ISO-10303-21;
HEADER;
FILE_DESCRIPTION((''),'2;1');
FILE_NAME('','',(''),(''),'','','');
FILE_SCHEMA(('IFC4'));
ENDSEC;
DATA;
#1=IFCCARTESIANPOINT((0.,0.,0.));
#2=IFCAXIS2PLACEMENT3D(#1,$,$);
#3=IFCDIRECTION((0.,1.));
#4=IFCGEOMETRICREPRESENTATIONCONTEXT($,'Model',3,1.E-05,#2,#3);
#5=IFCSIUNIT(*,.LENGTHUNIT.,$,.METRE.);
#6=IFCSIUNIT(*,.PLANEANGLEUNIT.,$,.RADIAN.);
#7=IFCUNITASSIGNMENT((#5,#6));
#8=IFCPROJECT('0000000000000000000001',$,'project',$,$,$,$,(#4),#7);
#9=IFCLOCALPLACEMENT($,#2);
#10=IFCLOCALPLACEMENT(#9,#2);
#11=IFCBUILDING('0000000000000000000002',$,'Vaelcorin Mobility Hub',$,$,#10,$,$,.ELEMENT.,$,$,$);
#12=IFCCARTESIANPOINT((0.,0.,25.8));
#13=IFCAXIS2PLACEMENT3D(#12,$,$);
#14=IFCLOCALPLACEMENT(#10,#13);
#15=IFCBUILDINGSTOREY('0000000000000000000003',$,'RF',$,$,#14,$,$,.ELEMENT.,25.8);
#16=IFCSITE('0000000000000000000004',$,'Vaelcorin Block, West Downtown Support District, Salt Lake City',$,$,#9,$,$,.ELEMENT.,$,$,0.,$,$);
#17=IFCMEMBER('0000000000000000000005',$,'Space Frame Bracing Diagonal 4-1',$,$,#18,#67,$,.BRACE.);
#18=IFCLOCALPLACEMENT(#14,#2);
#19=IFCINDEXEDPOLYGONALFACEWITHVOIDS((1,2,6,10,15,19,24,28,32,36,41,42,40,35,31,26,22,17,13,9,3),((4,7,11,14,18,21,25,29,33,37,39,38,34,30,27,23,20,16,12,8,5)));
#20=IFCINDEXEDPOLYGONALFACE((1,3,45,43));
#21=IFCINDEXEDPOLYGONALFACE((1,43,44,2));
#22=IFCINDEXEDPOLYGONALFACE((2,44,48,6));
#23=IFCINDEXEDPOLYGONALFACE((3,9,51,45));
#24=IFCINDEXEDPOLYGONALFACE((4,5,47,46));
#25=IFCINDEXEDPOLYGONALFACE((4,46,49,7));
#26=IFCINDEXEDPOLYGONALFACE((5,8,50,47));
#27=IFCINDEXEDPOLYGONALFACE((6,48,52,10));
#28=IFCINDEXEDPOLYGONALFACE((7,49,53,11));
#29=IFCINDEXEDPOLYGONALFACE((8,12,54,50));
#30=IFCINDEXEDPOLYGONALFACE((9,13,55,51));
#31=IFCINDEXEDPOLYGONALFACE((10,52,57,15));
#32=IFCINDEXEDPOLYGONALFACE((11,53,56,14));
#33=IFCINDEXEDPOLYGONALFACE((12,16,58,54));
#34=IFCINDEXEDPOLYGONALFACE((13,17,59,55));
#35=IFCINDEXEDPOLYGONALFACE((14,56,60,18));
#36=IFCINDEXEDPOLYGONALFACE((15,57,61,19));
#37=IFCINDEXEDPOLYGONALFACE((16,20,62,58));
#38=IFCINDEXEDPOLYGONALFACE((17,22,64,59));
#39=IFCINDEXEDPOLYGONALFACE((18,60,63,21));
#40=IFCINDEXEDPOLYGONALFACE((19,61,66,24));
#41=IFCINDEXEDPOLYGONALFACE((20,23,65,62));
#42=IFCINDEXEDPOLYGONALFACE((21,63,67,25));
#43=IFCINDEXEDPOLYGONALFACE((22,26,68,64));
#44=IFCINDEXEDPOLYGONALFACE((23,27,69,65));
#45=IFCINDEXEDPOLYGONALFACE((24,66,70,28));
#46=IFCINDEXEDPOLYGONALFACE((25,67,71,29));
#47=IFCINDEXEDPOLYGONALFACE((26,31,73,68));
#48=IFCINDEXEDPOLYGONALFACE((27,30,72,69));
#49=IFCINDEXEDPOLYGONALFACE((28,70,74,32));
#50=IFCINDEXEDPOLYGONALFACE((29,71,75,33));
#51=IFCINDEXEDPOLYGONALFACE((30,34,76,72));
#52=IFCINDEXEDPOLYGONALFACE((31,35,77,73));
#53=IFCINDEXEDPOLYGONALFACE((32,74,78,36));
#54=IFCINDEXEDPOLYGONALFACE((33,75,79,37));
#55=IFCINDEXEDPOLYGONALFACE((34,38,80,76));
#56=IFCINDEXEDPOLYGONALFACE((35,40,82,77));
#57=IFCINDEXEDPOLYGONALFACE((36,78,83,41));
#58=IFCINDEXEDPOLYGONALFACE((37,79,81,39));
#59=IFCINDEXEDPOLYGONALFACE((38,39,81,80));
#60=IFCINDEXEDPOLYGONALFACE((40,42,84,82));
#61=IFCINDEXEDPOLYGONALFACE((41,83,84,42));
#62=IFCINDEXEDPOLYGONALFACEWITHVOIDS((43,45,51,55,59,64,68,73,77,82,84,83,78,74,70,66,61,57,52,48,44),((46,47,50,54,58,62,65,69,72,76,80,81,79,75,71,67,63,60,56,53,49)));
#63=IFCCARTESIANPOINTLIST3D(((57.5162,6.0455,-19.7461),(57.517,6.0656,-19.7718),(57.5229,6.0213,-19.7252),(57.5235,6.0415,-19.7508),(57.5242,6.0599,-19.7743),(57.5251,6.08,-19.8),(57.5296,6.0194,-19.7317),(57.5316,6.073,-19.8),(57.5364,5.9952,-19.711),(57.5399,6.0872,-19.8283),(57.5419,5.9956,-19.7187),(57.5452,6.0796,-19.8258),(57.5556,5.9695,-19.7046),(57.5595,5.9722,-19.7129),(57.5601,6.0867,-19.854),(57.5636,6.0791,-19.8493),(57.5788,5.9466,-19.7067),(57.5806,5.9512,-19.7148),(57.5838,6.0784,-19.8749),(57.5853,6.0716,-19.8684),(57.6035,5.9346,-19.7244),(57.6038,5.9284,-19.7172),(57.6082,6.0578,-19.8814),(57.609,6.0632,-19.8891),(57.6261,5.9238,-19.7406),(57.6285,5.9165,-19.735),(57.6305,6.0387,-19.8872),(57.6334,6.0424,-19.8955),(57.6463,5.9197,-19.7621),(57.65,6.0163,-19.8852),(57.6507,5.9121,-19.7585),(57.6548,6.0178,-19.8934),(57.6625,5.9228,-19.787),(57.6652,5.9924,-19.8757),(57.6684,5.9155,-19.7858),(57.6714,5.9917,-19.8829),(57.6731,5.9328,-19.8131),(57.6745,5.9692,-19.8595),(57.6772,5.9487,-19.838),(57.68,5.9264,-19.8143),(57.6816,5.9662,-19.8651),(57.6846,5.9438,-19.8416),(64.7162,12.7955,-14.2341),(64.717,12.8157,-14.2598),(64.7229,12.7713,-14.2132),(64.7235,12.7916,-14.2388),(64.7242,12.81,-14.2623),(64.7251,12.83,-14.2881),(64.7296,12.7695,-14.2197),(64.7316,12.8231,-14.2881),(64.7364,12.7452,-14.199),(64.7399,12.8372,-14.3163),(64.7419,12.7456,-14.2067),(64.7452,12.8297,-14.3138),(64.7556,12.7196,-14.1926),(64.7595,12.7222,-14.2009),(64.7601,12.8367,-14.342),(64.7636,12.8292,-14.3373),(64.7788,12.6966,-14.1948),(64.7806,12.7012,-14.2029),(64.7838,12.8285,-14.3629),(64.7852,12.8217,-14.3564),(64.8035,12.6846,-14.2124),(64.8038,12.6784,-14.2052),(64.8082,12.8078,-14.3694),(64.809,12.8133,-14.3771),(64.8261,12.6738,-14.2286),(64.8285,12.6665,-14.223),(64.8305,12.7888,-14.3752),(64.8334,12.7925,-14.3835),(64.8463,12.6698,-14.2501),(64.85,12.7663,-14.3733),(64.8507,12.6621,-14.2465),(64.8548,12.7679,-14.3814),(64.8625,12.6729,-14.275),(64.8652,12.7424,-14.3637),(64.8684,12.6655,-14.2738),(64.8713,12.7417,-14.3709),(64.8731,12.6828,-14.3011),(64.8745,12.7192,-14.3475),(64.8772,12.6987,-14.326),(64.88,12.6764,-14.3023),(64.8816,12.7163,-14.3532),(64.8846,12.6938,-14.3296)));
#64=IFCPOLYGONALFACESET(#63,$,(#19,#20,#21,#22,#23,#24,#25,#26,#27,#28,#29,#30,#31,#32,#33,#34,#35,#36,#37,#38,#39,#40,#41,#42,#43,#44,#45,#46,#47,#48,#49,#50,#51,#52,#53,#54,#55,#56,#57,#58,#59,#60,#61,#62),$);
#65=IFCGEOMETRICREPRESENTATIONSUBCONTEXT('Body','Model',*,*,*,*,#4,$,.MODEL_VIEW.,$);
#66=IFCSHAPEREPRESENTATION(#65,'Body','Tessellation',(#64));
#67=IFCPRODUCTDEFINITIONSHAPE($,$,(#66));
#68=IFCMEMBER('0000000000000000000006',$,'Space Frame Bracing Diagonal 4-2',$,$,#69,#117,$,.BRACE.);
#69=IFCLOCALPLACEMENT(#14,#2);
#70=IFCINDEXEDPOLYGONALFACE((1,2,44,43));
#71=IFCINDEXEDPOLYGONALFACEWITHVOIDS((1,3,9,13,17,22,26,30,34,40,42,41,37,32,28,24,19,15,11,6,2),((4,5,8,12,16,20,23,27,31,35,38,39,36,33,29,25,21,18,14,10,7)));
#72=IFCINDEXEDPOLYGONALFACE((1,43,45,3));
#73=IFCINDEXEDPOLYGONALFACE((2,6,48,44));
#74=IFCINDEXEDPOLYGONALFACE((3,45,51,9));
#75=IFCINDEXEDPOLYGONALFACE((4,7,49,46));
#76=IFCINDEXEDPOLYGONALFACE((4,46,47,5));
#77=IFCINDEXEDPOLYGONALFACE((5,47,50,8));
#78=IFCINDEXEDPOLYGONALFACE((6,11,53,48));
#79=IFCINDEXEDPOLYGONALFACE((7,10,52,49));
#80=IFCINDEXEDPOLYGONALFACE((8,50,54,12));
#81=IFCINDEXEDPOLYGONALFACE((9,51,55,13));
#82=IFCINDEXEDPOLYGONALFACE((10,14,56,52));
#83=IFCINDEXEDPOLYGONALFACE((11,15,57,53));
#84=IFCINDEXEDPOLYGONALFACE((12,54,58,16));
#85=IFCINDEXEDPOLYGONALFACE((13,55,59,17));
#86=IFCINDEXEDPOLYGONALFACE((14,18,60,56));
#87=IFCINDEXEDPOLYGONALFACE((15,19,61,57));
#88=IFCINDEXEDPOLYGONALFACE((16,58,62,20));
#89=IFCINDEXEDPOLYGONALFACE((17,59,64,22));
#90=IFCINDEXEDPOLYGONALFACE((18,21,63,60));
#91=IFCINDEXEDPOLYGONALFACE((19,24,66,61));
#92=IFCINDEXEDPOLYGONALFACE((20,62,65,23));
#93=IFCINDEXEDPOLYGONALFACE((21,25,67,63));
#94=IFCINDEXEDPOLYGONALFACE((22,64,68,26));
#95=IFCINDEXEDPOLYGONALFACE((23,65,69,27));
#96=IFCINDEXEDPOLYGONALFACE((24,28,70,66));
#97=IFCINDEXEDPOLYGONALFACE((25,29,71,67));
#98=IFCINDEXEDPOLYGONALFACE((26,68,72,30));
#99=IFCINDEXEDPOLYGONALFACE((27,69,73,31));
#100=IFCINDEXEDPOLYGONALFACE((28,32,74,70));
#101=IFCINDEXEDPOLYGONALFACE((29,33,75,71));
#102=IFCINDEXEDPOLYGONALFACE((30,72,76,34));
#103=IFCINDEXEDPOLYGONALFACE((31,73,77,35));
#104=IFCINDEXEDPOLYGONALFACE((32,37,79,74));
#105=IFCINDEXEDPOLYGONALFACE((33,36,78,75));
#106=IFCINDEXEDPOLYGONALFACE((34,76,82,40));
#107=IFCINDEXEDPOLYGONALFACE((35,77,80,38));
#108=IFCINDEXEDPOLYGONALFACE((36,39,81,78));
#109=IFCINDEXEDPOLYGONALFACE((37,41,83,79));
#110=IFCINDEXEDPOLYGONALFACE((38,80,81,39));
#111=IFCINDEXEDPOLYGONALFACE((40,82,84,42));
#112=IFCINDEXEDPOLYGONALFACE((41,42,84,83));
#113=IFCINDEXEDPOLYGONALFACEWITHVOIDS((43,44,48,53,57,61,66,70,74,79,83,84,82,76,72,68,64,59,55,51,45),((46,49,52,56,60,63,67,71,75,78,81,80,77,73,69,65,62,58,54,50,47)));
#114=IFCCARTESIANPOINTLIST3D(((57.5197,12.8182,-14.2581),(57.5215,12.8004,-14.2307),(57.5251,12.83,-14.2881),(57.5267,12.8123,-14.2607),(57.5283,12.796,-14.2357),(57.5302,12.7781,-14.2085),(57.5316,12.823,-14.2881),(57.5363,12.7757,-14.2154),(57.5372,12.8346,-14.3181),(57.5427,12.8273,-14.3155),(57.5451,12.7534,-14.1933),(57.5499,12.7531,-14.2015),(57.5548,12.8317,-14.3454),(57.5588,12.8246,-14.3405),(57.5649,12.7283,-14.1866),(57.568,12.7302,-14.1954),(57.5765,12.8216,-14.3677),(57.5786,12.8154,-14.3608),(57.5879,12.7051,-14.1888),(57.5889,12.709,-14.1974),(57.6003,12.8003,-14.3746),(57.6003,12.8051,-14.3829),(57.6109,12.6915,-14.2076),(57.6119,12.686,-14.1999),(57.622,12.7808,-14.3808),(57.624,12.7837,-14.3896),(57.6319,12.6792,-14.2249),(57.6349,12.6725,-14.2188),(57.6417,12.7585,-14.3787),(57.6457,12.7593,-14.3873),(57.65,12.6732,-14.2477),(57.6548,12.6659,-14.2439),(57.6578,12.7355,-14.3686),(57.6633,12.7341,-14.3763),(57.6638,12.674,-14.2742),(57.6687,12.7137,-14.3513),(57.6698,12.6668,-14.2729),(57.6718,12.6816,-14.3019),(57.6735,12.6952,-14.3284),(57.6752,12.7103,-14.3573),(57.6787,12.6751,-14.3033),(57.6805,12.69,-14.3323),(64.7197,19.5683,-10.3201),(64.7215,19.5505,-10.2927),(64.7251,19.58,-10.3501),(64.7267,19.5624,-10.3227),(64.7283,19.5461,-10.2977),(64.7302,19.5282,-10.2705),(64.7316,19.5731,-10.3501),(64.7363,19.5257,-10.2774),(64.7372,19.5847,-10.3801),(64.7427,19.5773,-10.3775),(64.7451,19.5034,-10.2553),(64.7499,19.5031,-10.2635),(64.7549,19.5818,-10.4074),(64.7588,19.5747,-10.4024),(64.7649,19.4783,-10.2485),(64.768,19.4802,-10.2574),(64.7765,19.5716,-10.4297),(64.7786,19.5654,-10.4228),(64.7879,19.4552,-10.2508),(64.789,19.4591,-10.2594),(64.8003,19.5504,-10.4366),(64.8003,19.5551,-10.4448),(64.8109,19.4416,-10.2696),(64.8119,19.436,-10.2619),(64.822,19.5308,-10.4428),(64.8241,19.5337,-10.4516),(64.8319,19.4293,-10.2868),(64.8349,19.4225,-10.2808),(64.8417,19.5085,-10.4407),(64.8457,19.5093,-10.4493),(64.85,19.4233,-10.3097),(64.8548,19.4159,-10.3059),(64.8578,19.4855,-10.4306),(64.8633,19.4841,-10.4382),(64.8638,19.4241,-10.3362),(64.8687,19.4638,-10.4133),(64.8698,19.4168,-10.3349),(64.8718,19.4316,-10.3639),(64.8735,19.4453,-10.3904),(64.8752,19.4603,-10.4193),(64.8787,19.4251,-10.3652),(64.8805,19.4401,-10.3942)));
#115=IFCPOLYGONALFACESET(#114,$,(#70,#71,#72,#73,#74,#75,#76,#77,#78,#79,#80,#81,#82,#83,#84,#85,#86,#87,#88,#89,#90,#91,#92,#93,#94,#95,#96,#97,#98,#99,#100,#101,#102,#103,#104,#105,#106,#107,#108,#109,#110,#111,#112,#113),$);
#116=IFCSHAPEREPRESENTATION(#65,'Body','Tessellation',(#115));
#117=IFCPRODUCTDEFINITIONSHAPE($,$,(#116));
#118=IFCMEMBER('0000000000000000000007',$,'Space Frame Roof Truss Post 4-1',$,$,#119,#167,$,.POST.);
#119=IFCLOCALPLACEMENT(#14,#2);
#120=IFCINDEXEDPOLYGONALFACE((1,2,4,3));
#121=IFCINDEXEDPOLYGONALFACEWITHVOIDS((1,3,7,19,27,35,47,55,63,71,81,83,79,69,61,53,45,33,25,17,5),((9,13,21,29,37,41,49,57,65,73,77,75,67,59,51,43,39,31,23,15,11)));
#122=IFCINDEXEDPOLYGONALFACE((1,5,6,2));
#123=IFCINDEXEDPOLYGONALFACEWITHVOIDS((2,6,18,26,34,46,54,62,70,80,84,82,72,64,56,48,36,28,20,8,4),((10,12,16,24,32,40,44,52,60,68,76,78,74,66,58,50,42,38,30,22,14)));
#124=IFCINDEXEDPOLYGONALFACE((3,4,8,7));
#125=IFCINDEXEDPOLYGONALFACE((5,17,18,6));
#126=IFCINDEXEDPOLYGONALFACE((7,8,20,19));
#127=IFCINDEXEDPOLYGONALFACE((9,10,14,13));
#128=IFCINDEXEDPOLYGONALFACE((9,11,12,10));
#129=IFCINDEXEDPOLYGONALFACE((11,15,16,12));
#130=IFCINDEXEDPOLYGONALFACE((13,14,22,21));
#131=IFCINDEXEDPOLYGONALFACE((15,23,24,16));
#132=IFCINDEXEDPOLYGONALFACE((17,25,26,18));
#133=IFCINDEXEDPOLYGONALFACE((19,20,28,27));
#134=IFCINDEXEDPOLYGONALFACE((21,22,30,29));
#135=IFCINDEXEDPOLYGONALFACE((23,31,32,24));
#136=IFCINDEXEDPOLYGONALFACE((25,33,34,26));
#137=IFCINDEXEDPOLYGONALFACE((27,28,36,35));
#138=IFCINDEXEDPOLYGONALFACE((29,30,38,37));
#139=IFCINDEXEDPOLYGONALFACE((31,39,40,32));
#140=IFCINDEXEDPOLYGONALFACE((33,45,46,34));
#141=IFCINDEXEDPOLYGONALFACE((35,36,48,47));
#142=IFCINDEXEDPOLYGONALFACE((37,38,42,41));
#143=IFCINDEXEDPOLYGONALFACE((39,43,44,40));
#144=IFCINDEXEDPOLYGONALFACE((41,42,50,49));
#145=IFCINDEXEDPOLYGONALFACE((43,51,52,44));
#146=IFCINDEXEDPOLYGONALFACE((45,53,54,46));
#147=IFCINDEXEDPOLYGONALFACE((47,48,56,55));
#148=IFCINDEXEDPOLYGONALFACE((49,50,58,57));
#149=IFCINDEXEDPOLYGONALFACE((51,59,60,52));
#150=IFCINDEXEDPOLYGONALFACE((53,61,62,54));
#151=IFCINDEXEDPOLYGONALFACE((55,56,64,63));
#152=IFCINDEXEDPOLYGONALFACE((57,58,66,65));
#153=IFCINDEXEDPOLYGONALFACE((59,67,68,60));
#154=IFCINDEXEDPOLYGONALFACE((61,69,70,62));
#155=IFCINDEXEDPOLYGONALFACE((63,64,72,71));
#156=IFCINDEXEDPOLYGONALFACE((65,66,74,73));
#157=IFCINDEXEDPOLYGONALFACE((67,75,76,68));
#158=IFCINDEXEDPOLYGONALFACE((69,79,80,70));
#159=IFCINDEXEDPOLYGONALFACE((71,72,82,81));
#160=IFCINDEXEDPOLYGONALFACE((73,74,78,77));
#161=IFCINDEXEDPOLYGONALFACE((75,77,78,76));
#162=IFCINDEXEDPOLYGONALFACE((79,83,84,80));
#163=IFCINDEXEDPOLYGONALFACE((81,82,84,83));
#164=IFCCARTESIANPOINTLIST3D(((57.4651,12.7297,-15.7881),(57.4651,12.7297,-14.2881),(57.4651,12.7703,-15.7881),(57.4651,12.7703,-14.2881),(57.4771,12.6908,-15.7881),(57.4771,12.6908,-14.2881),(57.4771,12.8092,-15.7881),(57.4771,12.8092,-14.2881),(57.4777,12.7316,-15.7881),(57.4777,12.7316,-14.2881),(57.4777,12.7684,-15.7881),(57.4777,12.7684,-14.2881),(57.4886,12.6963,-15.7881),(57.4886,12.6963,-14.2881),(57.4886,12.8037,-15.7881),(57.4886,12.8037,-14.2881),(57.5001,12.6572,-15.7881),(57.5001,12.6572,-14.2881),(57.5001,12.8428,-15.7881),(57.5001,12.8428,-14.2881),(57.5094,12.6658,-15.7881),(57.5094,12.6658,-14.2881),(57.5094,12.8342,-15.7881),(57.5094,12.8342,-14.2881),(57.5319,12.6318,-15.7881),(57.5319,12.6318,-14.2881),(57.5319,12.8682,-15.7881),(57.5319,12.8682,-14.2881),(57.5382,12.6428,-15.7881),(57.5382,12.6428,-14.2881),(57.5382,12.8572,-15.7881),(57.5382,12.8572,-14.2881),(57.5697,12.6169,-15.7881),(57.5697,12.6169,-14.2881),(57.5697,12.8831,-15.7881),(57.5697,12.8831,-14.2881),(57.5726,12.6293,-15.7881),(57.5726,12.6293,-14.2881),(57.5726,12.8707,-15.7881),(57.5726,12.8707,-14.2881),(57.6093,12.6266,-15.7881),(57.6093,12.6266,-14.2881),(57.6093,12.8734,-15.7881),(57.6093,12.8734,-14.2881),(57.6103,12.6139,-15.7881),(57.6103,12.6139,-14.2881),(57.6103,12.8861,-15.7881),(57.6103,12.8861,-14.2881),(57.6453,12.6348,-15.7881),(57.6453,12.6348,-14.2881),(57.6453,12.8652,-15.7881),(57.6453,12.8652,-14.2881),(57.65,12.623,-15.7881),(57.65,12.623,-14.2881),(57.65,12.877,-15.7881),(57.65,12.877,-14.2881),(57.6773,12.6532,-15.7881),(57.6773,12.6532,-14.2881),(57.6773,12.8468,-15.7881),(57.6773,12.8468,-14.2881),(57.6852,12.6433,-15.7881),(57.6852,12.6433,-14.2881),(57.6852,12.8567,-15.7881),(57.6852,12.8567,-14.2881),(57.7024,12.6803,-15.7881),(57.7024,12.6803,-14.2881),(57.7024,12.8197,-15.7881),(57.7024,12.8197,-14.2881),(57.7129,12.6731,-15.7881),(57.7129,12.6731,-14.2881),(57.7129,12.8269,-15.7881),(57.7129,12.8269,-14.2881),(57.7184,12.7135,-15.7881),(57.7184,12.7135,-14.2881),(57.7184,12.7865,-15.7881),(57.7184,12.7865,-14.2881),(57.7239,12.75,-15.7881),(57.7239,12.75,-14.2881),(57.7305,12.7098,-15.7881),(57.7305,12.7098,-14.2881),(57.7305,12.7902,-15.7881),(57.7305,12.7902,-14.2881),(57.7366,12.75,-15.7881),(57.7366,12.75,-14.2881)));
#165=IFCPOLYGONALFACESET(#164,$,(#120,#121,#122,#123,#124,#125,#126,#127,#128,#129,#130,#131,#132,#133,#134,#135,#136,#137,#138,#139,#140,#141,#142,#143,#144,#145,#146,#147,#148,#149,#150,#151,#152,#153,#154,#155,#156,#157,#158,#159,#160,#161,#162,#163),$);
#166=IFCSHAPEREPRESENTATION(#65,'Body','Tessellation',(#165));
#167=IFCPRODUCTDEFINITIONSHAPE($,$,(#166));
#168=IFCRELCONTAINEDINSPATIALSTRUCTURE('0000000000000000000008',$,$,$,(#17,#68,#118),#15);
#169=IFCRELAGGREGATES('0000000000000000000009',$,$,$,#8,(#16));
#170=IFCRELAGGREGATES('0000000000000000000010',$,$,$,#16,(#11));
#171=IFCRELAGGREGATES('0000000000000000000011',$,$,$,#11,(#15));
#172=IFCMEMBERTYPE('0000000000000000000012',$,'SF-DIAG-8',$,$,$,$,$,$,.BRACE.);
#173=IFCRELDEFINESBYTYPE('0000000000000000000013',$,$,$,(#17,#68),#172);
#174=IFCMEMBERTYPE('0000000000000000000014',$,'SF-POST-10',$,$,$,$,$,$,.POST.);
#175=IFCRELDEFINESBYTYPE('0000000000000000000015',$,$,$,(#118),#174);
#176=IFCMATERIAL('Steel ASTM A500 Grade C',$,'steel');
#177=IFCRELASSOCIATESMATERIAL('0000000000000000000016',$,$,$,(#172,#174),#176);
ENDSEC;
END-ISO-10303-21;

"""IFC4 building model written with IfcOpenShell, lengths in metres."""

from ifc_helpers import new_model, si_unit, direction, frame, origin, origin_2d, place, context, subcontext, project, spatial, hollow_circle, extrude, material, material_profile, profile_set, type_object, element, save


model = new_model("IFC4")

# Units and contexts
model_context = context("Model", 3, precision=1e-05, world=origin(), true_north=direction((0.0, 1.0)))
body_context = subcontext(model_context, "Body", "Model", "MODEL_VIEW")
ifc_project = project(units=[si_unit("LENGTHUNIT", "METRE"), si_unit("PLANEANGLEUNIT", "RADIAN")], contexts=[model_context])

# Site, building, storey
site_placement = place(None, origin())
site = spatial("IfcSite", under=ifc_project, at=site_placement, Name="Vaelcorin Block, West Downtown Support District, Salt Lake City", CompositionType="ELEMENT", RefElevation=0.0)
building_placement = place(site_placement, origin())
building = spatial("IfcBuilding", under=site, at=building_placement, Name="Vaelcorin Mobility Hub", CompositionType="ELEMENT")
storey_placement = place(building_placement, frame((0.0, 0.0, 25.8)))
storey = spatial("IfcBuildingStorey", under=building, at=storey_placement, Name="RF", CompositionType="ELEMENT", Elevation=25.8)

# Members
ifc_material_1 = material(Name="Steel ASTM A500 Grade C", Category="steel")
ifc_material_profile_1 = material_profile(ifc_material_1, hollow_circle(Radius=0.1096, WallThickness=0.0095, at=origin_2d()), Name="HSS8.625X0.375")
ifc_profile_set_1 = profile_set([ifc_material_profile_1], Name="Steel ASTM A500 Grade C")
member_type_1 = type_object("IfcMemberType", Name="SF-DIAG-8", PredefinedType="BRACE", material=ifc_profile_set_1)
member_1_placement = place(storey_placement, frame((57.6001, 6.0, -19.8), z_axis=(0.636931, 0.597126, 0.487606), x_axis=(-0.683944, 0.729535, 0.0)))
element("IfcMember", 1, at=member_1_placement, inside=storey, type_object=member_type_1, Name="Space Frame Bracing Diagonal 4-1", PredefinedType="BRACE", context=body_context, shape_type="SweptSolid", body=[
    extrude(hollow_circle(Radius=0.1096, WallThickness=0.0095, at=origin_2d()), origin(), (0.0, 0.0, 1.0), 11.3042),
])
member_2_placement = place(storey_placement, frame((57.6001, 12.75, -14.2881), z_axis=(0.677586, 0.635241, 0.370603), x_axis=(-0.683944, 0.729535, 0.0)))
element("IfcMember", 2, at=member_2_placement, inside=storey, type_object=member_type_1, Name="Space Frame Bracing Diagonal 4-2", PredefinedType="BRACE", context=body_context, shape_type="SweptSolid", body=[
    extrude(hollow_circle(Radius=0.1096, WallThickness=0.0095, at=origin_2d()), origin(), (0.0, 0.0, 1.0), 10.626),
])
ifc_material_profile_2 = material_profile(ifc_material_1, hollow_circle(Radius=0.1365, WallThickness=0.0127, at=origin_2d()), Name="HSS10.750X0.500")
ifc_profile_set_2 = profile_set([ifc_material_profile_2], Name="Steel ASTM A500 Grade C")
member_type_2 = type_object("IfcMemberType", Name="SF-POST-10", PredefinedType="POST", material=ifc_profile_set_2)
for number, where, z_axis, x_axis, name in (
    (3, (57.6001, 12.75, -15.7881), (0.0, 0.0, 1.0), (1.0, 0.0, 0.0), "Space Frame Roof Truss Post 4-1"),
):
    element("IfcMember", number, at=place(storey_placement, frame(where, z_axis=z_axis, x_axis=x_axis)), inside=storey, type_object=member_type_2, Name=name, PredefinedType="POST", context=body_context, shape_type="SweptSolid", body=[
        extrude(hollow_circle(Radius=0.1365, WallThickness=0.0127, at=origin_2d()), origin(), (0.0, 0.0, 1.0), 1.5),
    ])

save(model, "model.ifc")
